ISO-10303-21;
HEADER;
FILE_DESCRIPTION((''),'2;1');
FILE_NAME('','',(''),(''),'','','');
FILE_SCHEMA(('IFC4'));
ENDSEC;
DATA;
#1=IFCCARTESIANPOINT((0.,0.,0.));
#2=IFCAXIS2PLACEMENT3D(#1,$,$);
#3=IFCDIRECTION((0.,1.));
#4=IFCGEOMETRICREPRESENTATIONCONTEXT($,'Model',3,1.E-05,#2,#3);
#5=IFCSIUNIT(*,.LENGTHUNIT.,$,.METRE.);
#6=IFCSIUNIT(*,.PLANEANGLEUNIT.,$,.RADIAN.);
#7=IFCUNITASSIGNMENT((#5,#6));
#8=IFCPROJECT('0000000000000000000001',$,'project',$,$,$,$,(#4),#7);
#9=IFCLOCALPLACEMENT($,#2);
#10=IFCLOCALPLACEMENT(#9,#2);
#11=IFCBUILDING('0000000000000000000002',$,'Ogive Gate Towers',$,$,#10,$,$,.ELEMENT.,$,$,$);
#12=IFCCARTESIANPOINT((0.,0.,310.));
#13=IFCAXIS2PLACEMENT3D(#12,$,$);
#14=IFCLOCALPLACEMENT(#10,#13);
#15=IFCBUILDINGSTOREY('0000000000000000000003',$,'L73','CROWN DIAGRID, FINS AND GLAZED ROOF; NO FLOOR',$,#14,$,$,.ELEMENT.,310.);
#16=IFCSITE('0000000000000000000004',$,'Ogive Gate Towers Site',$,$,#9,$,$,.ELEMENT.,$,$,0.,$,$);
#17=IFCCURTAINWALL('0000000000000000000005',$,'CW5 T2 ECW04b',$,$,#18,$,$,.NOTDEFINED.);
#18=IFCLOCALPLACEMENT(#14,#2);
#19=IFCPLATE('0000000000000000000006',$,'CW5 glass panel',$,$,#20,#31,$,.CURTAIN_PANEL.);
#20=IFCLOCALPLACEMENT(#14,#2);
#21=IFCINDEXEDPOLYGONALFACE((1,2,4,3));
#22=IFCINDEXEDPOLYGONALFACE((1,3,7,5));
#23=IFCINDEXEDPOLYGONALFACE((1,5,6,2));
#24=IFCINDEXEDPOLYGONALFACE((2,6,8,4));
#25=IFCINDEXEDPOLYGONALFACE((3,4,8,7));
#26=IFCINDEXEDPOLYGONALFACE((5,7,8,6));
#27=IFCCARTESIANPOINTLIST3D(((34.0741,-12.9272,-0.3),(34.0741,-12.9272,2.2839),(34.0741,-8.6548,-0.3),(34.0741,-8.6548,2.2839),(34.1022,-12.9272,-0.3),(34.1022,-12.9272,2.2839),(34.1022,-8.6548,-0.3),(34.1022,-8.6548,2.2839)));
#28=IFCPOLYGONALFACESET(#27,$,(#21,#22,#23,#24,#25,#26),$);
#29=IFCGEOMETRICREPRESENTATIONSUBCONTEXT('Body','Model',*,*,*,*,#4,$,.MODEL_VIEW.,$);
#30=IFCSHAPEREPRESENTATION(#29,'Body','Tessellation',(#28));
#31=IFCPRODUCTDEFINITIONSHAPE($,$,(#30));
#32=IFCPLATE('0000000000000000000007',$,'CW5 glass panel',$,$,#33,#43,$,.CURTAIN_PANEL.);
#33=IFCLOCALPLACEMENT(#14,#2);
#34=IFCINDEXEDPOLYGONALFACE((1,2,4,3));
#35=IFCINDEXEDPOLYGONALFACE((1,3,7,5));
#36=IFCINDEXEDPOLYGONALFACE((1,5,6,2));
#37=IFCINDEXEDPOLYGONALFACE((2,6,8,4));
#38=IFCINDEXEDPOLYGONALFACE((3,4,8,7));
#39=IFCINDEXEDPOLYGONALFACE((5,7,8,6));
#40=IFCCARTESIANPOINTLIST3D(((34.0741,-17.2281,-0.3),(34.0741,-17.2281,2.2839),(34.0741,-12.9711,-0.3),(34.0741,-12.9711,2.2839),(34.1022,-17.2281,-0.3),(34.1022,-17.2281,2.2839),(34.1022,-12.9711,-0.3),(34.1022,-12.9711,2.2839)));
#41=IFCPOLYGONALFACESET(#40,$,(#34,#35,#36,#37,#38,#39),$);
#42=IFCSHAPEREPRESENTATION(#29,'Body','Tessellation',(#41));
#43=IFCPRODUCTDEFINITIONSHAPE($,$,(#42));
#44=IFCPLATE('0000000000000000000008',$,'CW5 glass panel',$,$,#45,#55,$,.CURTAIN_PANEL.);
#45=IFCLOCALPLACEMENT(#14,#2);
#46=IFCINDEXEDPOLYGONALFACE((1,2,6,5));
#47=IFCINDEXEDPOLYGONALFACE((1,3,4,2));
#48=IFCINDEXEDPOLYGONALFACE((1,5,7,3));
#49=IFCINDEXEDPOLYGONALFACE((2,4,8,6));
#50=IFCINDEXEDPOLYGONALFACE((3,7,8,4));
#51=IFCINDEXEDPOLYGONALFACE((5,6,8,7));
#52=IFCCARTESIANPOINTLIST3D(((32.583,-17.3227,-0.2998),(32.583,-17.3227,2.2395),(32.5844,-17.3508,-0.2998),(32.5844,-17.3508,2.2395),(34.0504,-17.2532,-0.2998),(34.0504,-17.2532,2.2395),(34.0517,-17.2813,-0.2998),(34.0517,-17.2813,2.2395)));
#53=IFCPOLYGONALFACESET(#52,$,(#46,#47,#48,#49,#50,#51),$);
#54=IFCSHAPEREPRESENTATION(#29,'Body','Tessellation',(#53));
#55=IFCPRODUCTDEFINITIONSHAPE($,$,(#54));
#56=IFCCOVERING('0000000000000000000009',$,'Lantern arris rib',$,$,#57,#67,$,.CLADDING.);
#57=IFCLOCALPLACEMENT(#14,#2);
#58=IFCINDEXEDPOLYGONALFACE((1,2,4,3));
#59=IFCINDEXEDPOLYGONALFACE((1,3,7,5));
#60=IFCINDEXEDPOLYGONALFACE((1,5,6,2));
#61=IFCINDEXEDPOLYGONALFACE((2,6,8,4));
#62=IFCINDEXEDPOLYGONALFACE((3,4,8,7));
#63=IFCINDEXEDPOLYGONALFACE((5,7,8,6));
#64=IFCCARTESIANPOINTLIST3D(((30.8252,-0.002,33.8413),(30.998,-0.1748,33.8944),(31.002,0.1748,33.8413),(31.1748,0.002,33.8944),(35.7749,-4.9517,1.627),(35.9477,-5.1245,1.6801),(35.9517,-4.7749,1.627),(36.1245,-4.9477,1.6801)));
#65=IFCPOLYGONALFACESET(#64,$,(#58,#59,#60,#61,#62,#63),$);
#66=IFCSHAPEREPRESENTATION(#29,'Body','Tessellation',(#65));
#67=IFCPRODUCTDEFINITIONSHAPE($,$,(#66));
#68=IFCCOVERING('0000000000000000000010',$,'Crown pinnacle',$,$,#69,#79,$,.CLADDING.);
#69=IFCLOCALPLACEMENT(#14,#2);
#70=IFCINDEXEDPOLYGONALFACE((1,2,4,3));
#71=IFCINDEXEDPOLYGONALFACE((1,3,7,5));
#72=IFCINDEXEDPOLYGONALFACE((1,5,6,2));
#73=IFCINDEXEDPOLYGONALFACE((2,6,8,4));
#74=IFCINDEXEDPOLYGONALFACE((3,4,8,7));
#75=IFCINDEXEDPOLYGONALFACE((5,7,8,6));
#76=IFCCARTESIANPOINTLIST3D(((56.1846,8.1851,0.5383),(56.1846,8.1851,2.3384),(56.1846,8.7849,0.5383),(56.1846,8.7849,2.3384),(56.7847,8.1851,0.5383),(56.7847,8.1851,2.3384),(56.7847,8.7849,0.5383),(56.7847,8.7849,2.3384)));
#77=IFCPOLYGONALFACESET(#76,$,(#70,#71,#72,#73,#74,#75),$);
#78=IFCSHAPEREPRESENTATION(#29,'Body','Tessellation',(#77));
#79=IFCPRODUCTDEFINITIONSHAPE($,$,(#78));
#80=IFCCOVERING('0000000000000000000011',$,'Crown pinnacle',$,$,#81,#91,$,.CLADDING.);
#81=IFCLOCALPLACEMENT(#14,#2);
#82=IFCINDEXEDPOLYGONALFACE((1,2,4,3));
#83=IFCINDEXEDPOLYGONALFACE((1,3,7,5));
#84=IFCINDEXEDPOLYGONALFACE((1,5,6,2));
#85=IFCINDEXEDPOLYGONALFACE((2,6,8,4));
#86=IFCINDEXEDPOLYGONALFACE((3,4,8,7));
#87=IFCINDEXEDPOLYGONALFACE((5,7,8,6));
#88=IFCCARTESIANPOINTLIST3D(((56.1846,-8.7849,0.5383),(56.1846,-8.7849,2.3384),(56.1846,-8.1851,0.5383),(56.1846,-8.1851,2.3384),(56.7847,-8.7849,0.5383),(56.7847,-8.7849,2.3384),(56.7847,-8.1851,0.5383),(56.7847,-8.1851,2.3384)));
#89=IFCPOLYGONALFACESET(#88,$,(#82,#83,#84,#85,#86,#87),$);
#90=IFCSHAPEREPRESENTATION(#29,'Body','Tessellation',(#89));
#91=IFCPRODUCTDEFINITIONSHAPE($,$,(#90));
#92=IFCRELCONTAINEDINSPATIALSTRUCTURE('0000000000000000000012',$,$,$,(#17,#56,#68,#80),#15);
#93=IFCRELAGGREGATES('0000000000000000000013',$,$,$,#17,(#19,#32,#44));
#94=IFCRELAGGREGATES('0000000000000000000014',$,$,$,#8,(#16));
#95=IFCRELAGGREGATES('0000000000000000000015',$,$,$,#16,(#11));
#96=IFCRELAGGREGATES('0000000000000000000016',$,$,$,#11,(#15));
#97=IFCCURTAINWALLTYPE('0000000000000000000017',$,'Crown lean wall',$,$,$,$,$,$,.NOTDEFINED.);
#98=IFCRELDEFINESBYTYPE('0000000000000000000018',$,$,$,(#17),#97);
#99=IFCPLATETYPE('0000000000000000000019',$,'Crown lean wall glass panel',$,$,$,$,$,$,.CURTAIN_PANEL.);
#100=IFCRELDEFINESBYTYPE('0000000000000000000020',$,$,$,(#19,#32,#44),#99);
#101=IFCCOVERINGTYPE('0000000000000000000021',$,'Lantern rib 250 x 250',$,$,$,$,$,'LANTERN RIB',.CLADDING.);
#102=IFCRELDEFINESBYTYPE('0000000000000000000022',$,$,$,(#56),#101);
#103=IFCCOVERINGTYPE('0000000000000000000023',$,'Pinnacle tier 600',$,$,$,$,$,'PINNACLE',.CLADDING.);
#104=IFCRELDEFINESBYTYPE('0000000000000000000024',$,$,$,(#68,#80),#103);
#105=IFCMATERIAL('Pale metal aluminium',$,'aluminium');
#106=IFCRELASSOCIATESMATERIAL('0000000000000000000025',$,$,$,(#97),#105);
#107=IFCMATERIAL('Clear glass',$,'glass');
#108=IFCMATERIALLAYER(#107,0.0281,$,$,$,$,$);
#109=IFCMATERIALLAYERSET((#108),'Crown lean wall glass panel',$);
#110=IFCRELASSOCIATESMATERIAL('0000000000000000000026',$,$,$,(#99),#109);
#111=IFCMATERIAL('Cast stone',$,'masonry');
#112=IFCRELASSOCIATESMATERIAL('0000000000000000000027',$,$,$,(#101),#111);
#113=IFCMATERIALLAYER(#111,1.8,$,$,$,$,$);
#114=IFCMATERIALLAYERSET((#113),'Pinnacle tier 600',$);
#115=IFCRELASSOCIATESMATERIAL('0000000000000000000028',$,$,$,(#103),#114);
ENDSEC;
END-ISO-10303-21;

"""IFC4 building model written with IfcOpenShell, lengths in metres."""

from ifc_helpers import new_model, si_unit, direction, frame, origin, origin_2d, place, context, subcontext, project, spatial, polyline, rectangle, outline, extrude, material, layer, layer_set, material_profile, profile_set, type_object, element, aggregate, save


model = new_model("IFC4")

# Units and contexts
model_context = context("Model", 3, precision=1e-05, world=origin(), true_north=direction((0.0, 1.0)))
body_context = subcontext(model_context, "Body", "Model", "MODEL_VIEW")
ifc_project = project(units=[si_unit("LENGTHUNIT", "METRE"), si_unit("PLANEANGLEUNIT", "RADIAN")], contexts=[model_context])

# Site, building, storey
site_placement = place(None, origin())
site = spatial("IfcSite", under=ifc_project, at=site_placement, Name="Ogive Gate Towers Site", CompositionType="ELEMENT", RefElevation=0.0)
building_placement = place(site_placement, origin())
building = spatial("IfcBuilding", under=site, at=building_placement, Name="Ogive Gate Towers", CompositionType="ELEMENT")
storey_placement = place(building_placement, frame((0.0, 0.0, 310.0)))
storey = spatial("IfcBuildingStorey", under=building, at=storey_placement, Name="L73", Description="CROWN DIAGRID, FINS AND GLAZED ROOF; NO FLOOR", CompositionType="ELEMENT", Elevation=310.0)

# Shared definitions
ifc_material_1 = material(Name="Pale metal aluminium", Category="aluminium")
curtain_wall_type = type_object("IfcCurtainWallType", Name="Crown lean wall", PredefinedType="NOTDEFINED", material=ifc_material_1)

# Curtain wall
curtain_wall_1_placement = place(storey_placement, origin())
curtain_wall_1 = element("IfcCurtainWall", 1, at=curtain_wall_1_placement, inside=storey, type_object=curtain_wall_type, Name="CW5 T2 ECW04b", PredefinedType="NOTDEFINED")

# Plates
ifc_material_2 = material(Name="Clear glass", Category="glass")
ifc_layer_1 = layer(ifc_material_2, 0.0281)
ifc_layer_set_1 = layer_set([ifc_layer_1], Name="Crown lean wall glass panel")
plate_type = type_object("IfcPlateType", Name="Crown lean wall glass panel", PredefinedType="CURTAIN_PANEL", material=ifc_layer_set_1)
plate_1_placement = place(storey_placement, frame((34.0881, -10.791, -0.3), z_axis=(0.0, 0.0, 1.0), x_axis=(0.0, -1.0, 0.0)))
plate_1 = element("IfcPlate", 2, at=plate_1_placement, type_object=plate_type, Name="CW5 glass panel", PredefinedType="CURTAIN_PANEL", context=body_context, shape_type="SweptSolid", body=[
    extrude(rectangle(XDim=4.2725, YDim=0.0281, at=origin_2d()), origin(), (0.0, 0.0, 1.0), 2.584),
])
plate_2_placement = place(storey_placement, frame((34.0881, -15.0996, -0.3), z_axis=(0.0, 0.0, 1.0), x_axis=(0.0, -1.0, 0.0)))
plate_2 = element("IfcPlate", 3, at=plate_2_placement, type_object=plate_type, Name="CW5 glass panel", PredefinedType="CURTAIN_PANEL", context=body_context, shape_type="SweptSolid", body=[
    extrude(rectangle(XDim=4.2571, YDim=0.0281, at=origin_2d()), origin(), (0.0, 0.0, 1.0), 2.584),
])
plate_3_placement = place(storey_placement, frame((33.3174, -17.302, -0.2998), z_axis=(0.0, 0.0, 1.0), x_axis=(-0.99888, -0.047316, 0.0)))
plate_3 = element("IfcPlate", 4, at=plate_3_placement, type_object=plate_type, Name="CW5 glass panel", PredefinedType="CURTAIN_PANEL", context=body_context, shape_type="SweptSolid", body=[
    extrude(rectangle(XDim=1.469, YDim=0.0281, at=origin_2d()), origin(), (0.0, 0.0, 1.0), 2.5393),
])
aggregate(curtain_wall_1, [plate_1, plate_2, plate_3])

# Coverings
ifc_material_3 = material(Name="Cast stone", Category="masonry")
ifc_material_profile_1 = material_profile(ifc_material_3, rectangle(XDim=0.25, YDim=0.25, at=origin_2d()), Name="250 x 250 cast stone")
ifc_profile_set_1 = profile_set([ifc_material_profile_1], Name="Cast stone")
covering_type_1 = type_object("IfcCoveringType", Name="Lantern rib 250 x 250", ElementType="LANTERN RIB", PredefinedType="CLADDING", material=ifc_profile_set_1)
covering_1_placement = place(storey_placement, frame((35.9497, -4.9497, 1.6536), z_axis=(-0.150145, 0.150145, 0.977196), x_axis=(-0.707107, -0.707107, 0.0)))
element("IfcCovering", 5, at=covering_1_placement, inside=storey, type_object=covering_type_1, Name="Lantern arris rib", PredefinedType="CLADDING", context=body_context, shape_type="SweptSolid", body=[
    extrude(rectangle(XDim=0.25, YDim=0.25, at=origin_2d()), origin(), (0.0, 0.0, 1.0), 32.9661),
])
ifc_layer_2 = layer(ifc_material_3, 1.8)
ifc_layer_set_2 = layer_set([ifc_layer_2], Name="Pinnacle tier 600")
covering_type_2 = type_object("IfcCoveringType", Name="Pinnacle tier 600", ElementType="PINNACLE", PredefinedType="CLADDING", material=ifc_layer_set_2)
covering_2_placement = place(storey_placement, frame((0.0, 0.0, 0.5383)))
element("IfcCovering", 6, at=covering_2_placement, inside=storey, type_object=covering_type_2, Name="Crown pinnacle", PredefinedType="CLADDING", context=body_context, shape_type="SweptSolid", body=[
    extrude(outline(polyline([(56.7847, 8.7849), (56.1846, 8.7849), (56.1846, 8.1851), (56.7847, 8.1851), (56.7847, 8.7849)])), origin(), (0.0, 0.0, 1.0), 1.8),
])
covering_3_placement = place(storey_placement, frame((0.0, 0.0, 0.5383)))
element("IfcCovering", 7, at=covering_3_placement, inside=storey, type_object=covering_type_2, Name="Crown pinnacle", PredefinedType="CLADDING", context=body_context, shape_type="SweptSolid", body=[
    extrude(outline(polyline([(56.7847, -8.1851), (56.1846, -8.1851), (56.1846, -8.7849), (56.7847, -8.7849), (56.7847, -8.1851)])), origin(), (0.0, 0.0, 1.0), 1.8),
])

save(model, "model.ifc")
